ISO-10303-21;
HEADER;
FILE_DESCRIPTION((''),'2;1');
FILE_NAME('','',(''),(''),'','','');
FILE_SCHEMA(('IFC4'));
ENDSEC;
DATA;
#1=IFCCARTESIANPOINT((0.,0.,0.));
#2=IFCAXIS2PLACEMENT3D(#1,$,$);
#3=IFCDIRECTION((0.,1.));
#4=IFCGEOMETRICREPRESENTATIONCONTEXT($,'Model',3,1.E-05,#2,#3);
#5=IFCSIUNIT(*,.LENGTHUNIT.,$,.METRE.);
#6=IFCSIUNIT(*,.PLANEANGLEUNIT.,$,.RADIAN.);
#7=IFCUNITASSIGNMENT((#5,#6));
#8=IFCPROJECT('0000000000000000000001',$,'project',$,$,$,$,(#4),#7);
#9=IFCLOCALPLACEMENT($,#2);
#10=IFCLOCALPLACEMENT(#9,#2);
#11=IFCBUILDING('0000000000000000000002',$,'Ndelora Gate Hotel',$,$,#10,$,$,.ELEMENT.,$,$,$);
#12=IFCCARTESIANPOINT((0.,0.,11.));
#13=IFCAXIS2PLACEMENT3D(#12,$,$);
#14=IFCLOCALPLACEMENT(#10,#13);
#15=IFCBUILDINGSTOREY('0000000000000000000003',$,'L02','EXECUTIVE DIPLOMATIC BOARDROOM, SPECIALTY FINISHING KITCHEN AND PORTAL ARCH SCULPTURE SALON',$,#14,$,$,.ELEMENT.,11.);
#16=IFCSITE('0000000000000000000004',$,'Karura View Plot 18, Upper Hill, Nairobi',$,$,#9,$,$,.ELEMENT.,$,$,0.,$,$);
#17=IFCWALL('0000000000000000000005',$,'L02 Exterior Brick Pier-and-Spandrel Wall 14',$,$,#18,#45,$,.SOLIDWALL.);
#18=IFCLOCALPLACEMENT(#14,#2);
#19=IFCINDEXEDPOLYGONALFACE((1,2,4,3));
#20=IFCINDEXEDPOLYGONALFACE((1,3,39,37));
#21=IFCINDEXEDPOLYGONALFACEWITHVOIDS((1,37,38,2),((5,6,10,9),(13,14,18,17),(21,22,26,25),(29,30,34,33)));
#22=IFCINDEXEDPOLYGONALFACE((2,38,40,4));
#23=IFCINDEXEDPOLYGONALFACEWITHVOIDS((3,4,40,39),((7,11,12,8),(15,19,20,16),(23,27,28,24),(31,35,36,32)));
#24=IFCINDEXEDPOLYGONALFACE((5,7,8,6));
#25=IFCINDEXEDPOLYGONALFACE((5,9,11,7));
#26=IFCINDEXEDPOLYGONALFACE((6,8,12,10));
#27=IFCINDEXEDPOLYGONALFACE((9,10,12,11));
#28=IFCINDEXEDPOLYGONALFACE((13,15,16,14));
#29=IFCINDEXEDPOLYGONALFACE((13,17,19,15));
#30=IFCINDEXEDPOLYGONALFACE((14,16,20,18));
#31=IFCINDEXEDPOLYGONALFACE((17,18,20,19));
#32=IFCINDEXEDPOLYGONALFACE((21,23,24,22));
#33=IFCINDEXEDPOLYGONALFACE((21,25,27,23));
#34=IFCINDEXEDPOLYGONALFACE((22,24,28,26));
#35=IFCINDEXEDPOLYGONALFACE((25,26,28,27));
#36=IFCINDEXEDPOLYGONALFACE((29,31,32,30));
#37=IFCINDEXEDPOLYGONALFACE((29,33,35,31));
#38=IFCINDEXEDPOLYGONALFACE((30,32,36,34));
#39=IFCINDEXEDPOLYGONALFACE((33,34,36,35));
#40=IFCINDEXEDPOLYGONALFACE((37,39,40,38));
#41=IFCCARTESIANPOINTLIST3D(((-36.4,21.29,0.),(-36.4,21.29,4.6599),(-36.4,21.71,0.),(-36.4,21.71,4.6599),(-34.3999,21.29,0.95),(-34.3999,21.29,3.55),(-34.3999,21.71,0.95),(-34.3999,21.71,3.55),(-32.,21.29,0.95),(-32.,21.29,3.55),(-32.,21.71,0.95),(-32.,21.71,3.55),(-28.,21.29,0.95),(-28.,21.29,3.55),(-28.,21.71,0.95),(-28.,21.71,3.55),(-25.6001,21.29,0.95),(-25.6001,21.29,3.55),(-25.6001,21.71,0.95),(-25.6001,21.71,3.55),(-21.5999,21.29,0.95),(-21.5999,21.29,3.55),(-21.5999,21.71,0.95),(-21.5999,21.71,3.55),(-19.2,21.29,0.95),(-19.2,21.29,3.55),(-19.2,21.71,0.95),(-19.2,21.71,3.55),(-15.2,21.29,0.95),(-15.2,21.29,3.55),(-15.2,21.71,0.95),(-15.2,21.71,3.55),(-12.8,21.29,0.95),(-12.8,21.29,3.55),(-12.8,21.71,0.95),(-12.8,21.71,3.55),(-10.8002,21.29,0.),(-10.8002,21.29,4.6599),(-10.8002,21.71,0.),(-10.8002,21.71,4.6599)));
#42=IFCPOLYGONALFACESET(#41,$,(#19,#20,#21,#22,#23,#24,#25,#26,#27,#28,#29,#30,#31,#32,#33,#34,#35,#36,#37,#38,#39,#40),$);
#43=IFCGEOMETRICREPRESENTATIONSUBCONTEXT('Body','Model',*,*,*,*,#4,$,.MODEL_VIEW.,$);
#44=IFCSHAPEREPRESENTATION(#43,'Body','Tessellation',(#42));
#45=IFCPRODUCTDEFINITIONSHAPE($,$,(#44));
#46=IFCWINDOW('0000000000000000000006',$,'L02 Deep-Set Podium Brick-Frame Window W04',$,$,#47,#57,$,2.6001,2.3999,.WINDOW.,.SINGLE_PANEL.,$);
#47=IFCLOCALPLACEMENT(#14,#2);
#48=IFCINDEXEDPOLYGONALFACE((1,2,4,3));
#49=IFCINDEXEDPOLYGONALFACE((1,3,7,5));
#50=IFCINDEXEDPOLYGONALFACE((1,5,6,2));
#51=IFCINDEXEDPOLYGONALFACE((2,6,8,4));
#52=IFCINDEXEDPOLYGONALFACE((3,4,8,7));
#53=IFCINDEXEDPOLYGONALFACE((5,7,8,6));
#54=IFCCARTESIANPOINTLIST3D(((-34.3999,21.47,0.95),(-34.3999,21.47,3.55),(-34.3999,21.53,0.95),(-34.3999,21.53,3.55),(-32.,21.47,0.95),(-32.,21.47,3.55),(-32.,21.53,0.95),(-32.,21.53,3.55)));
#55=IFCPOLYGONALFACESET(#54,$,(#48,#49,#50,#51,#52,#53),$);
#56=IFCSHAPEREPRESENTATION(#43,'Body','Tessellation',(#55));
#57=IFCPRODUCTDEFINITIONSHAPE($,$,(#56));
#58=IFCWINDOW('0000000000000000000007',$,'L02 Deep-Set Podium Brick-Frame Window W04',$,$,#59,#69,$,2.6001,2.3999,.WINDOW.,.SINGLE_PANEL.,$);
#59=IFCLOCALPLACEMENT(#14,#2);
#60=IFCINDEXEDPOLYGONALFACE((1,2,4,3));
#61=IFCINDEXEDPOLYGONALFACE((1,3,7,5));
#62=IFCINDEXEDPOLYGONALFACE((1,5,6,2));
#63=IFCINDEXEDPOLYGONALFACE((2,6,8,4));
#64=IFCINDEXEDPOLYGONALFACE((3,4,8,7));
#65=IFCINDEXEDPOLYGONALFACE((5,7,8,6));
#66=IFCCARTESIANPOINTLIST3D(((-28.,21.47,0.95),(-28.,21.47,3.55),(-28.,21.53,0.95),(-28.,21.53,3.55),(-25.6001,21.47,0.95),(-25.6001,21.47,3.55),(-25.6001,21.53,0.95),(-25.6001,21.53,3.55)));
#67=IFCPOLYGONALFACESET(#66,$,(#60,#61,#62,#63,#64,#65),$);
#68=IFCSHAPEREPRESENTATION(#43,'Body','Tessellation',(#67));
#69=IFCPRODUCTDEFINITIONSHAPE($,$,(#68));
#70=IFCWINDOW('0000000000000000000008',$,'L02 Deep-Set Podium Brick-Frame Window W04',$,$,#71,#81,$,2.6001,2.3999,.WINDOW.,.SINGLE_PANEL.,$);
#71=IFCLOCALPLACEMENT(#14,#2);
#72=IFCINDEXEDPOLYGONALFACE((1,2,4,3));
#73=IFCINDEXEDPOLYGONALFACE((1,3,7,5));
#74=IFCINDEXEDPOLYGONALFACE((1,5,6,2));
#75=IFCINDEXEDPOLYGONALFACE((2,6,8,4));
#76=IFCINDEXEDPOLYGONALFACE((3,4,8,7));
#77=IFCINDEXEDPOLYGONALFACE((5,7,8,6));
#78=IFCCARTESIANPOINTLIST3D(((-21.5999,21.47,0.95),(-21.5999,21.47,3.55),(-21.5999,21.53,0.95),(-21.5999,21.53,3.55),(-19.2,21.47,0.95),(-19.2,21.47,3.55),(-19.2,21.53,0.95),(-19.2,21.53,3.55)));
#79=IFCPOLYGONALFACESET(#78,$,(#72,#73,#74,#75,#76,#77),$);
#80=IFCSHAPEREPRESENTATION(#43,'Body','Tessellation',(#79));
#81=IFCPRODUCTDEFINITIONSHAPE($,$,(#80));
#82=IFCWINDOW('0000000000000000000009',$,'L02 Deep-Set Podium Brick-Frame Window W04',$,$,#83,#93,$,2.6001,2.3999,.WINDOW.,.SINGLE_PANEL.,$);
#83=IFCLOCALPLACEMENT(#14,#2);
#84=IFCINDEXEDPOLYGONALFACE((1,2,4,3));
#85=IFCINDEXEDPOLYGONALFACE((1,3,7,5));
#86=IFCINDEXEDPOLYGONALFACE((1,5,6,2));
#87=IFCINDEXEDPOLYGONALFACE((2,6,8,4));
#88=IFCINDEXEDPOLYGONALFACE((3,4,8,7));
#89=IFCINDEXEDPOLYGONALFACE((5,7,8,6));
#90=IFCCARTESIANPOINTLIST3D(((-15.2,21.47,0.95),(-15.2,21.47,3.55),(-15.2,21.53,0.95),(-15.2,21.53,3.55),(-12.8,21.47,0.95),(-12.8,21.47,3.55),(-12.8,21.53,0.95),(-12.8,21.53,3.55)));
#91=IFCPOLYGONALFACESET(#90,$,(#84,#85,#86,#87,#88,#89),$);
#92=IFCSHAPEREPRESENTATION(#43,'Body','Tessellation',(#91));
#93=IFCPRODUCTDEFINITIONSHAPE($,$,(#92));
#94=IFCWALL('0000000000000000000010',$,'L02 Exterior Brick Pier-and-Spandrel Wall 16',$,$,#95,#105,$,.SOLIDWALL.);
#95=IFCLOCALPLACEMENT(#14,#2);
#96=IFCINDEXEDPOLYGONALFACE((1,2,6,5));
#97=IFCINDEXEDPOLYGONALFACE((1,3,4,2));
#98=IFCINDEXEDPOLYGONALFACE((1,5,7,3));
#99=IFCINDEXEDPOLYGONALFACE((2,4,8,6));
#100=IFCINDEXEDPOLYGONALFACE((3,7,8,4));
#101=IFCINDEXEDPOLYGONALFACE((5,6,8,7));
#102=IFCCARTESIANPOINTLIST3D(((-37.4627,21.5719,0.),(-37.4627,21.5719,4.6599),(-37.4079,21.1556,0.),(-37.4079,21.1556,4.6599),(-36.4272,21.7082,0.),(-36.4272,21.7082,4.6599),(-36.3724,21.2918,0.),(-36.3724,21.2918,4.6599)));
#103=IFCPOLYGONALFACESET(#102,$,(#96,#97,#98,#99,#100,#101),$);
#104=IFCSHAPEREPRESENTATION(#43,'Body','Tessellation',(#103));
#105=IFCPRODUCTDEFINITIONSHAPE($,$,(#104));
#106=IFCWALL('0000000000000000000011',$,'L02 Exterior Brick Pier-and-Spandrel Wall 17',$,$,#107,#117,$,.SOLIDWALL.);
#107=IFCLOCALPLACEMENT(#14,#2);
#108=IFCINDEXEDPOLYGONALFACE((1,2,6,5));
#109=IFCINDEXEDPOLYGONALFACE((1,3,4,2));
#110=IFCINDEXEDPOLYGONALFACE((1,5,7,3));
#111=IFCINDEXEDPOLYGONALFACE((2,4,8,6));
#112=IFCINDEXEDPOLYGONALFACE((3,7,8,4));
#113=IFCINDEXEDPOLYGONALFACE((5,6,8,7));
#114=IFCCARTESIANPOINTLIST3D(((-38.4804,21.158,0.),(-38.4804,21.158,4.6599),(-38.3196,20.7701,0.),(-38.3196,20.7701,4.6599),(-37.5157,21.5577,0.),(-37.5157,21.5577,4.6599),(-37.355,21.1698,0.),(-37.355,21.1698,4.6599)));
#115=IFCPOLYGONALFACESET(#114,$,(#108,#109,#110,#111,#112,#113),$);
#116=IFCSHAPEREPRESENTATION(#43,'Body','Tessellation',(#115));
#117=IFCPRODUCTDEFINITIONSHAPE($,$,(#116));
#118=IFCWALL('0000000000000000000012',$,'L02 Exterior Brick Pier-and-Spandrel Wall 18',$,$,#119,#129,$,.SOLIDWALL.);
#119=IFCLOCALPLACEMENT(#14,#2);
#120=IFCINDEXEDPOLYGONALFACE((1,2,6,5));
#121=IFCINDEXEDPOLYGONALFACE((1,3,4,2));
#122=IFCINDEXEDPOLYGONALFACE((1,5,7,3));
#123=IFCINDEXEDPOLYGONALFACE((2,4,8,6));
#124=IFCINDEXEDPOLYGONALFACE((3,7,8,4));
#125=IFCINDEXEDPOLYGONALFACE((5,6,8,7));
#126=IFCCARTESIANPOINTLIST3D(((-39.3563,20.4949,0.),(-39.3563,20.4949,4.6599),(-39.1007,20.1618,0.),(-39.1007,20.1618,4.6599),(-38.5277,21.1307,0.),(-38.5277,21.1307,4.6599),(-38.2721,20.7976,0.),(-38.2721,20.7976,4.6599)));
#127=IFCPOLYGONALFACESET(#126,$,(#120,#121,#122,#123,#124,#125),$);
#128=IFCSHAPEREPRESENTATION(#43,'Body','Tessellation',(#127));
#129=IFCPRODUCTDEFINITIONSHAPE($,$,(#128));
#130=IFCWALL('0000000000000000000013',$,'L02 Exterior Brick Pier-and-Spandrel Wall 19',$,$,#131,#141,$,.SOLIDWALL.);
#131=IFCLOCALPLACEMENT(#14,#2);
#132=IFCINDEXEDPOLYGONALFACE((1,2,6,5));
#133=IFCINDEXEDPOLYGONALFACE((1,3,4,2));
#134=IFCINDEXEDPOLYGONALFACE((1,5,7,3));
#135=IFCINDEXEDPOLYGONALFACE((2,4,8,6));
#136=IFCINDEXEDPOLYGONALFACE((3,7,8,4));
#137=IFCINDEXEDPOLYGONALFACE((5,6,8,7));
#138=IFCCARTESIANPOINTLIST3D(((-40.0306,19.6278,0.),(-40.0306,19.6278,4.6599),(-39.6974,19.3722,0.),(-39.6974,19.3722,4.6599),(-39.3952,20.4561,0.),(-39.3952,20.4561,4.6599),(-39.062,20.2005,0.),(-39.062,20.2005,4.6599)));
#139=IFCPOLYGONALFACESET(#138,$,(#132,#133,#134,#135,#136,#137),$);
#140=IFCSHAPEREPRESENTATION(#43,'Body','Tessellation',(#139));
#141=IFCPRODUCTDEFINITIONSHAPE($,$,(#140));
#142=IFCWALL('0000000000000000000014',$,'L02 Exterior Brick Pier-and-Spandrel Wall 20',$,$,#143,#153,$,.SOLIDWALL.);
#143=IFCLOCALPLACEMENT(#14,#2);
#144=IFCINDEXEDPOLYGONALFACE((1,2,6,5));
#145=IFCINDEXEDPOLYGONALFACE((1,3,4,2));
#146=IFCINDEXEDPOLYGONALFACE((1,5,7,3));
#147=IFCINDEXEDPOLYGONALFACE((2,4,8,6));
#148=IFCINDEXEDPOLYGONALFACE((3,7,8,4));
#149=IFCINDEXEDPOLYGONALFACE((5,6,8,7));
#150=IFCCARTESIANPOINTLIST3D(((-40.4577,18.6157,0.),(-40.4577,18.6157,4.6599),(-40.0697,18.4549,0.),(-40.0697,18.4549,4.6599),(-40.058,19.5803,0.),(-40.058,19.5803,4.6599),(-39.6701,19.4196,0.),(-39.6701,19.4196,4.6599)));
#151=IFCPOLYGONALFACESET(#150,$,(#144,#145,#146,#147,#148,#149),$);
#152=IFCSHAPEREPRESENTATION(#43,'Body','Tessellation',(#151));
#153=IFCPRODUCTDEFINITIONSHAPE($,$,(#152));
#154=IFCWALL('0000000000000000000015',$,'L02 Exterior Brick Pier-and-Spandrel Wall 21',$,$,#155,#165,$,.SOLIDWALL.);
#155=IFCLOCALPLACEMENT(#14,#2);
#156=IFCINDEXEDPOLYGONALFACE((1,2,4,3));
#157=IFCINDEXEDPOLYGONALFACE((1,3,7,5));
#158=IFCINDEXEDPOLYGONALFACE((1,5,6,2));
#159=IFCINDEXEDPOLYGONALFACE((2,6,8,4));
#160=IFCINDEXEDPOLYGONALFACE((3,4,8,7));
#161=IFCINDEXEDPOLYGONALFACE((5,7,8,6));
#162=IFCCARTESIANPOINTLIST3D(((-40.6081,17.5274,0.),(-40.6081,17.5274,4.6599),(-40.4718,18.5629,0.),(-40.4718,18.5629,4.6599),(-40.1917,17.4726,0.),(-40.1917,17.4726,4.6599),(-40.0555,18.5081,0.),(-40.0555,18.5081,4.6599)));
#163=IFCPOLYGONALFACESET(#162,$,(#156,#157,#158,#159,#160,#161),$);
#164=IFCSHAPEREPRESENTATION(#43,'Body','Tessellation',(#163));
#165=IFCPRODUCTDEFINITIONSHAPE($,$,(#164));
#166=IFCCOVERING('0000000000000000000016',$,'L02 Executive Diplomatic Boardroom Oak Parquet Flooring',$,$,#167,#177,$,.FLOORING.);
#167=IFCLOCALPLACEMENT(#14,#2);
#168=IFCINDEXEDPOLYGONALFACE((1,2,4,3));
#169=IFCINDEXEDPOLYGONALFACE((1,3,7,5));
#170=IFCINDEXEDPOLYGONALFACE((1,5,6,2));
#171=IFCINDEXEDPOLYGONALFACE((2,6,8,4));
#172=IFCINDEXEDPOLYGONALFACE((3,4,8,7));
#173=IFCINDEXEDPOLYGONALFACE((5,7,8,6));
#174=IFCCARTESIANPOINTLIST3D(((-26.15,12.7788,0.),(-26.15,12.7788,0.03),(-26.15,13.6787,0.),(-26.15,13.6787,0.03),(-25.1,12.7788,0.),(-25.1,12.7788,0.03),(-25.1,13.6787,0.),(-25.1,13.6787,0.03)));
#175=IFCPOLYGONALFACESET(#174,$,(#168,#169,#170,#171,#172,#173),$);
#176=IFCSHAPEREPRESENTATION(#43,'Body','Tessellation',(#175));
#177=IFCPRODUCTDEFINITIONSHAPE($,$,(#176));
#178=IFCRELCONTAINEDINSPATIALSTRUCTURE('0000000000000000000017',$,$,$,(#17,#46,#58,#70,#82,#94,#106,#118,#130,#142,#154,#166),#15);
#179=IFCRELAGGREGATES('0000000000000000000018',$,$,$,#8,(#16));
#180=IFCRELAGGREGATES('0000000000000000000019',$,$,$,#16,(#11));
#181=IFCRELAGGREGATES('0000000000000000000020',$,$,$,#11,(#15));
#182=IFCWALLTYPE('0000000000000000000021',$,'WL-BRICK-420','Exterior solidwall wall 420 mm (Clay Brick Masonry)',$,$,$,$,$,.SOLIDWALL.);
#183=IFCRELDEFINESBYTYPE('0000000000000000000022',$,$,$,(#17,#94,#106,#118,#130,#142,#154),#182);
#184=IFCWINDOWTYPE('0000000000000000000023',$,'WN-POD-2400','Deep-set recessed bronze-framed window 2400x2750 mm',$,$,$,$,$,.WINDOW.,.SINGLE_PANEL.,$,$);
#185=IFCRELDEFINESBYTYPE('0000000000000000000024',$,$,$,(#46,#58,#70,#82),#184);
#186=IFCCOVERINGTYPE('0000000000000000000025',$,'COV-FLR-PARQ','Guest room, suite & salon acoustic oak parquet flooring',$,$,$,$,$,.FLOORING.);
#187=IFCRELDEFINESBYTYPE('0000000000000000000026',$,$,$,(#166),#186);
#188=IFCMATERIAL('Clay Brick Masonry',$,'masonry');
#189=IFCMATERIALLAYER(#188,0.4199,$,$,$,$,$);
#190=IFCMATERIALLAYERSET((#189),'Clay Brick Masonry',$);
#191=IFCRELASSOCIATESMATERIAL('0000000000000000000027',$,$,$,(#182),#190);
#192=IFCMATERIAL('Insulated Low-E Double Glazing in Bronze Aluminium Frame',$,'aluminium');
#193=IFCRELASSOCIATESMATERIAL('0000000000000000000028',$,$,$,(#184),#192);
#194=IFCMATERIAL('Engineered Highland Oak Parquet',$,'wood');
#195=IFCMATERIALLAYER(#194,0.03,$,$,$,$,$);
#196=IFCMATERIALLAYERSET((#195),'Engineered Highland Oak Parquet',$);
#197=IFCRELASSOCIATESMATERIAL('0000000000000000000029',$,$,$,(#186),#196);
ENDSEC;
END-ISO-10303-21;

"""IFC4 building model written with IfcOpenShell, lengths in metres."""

from ifc_helpers import new_model, si_unit, direction, frame, frame_2d, origin, origin_2d, place, context, subcontext, project, spatial, rectangle, extrude, material, layer, layer_set, type_object, element, fill, save


model = new_model("IFC4")

# Units and contexts
model_context = context("Model", 3, precision=1e-05, world=origin(), true_north=direction((0.0, 1.0)))
body_context = subcontext(model_context, "Body", "Model", "MODEL_VIEW")
ifc_project = project(units=[si_unit("LENGTHUNIT", "METRE"), si_unit("PLANEANGLEUNIT", "RADIAN")], contexts=[model_context])

# Site, building, storey
site_placement = place(None, origin())
site = spatial("IfcSite", under=ifc_project, at=site_placement, Name="Karura View Plot 18, Upper Hill, Nairobi", CompositionType="ELEMENT", RefElevation=0.0)
building_placement = place(site_placement, origin())
building = spatial("IfcBuilding", under=site, at=building_placement, Name="Ndelora Gate Hotel", CompositionType="ELEMENT")
storey_placement = place(building_placement, frame((0.0, 0.0, 11.0)))
storey = spatial("IfcBuildingStorey", under=building, at=storey_placement, Name="L02", Description="EXECUTIVE DIPLOMATIC BOARDROOM, SPECIALTY FINISHING KITCHEN AND PORTAL ARCH SCULPTURE SALON", CompositionType="ELEMENT", Elevation=11.0)

# Wall, openings, windows
ifc_material_1 = material(Name="Clay Brick Masonry", Category="masonry")
ifc_layer_1 = layer(ifc_material_1, 0.4199)
ifc_layer_set_1 = layer_set([ifc_layer_1], Name="Clay Brick Masonry")
wall_type = type_object("IfcWallType", Name="WL-BRICK-420", Description="Exterior solidwall wall 420 mm (Clay Brick Masonry)", PredefinedType="SOLIDWALL", material=ifc_layer_set_1)
wall_1_placement = place(storey_placement, frame((-36.3999, 21.5, 0.0), z_axis=(0.0, 0.0, 1.0), x_axis=(1.0, 0.0, 0.0)))
wall_1 = element("IfcWall", 1, at=wall_1_placement, inside=storey, type_object=wall_type, Name="L02 Exterior Brick Pier-and-Spandrel Wall 14", PredefinedType="SOLIDWALL", context=body_context, shape_type="SweptSolid", body=[
    extrude(rectangle(XDim=25.5999, YDim=0.4199, at=frame_2d((12.7998, 0.0))), origin(), (0.0, 0.0, 1.0), 4.6599),
])
opening_1_placement = place(wall_1_placement, frame((2.0, 0.0, 0.95)))
opening_1 = element("IfcOpeningElement", 2, at=opening_1_placement, cuts=wall_1, PredefinedType="OPENING", context=body_context, shape_type="SweptSolid", body=[
    extrude(rectangle(XDim=2.3999, YDim=2.6001, at=frame_2d((1.2, 1.3))), frame((0.0, 0.22, 0.0), z_axis=(0.0, -1.0, 0.0), x_axis=(1.0, 0.0, 0.0)), (0.0, 0.0, 1.0), 0.4399),
])
opening_2_placement = place(wall_1_placement, frame((8.3999, 0.0, 0.95)))
opening_2 = element("IfcOpeningElement", 3, at=opening_2_placement, cuts=wall_1, PredefinedType="OPENING", context=body_context, shape_type="SweptSolid", body=[
    extrude(rectangle(XDim=2.3999, YDim=2.6001, at=frame_2d((1.2, 1.3))), frame((0.0, 0.22, 0.0), z_axis=(0.0, -1.0, 0.0), x_axis=(1.0, 0.0, 0.0)), (0.0, 0.0, 1.0), 0.4399),
])
opening_3_placement = place(wall_1_placement, frame((14.8, 0.0, 0.95)))
opening_3 = element("IfcOpeningElement", 4, at=opening_3_placement, cuts=wall_1, PredefinedType="OPENING", context=body_context, shape_type="SweptSolid", body=[
    extrude(rectangle(XDim=2.3999, YDim=2.6001, at=frame_2d((1.2, 1.3))), frame((0.0, 0.22, 0.0), z_axis=(0.0, -1.0, 0.0), x_axis=(1.0, 0.0, 0.0)), (0.0, 0.0, 1.0), 0.4399),
])
opening_4_placement = place(wall_1_placement, frame((21.2, 0.0, 0.95)))
opening_4 = element("IfcOpeningElement", 5, at=opening_4_placement, cuts=wall_1, PredefinedType="OPENING", context=body_context, shape_type="SweptSolid", body=[
    extrude(rectangle(XDim=2.3999, YDim=2.6001, at=frame_2d((1.2, 1.3))), frame((0.0, 0.22, 0.0), z_axis=(0.0, -1.0, 0.0), x_axis=(1.0, 0.0, 0.0)), (0.0, 0.0, 1.0), 0.4399),
])
ifc_material_2 = material(Name="Insulated Low-E Double Glazing in Bronze Aluminium Frame", Category="aluminium")
window_type = type_object("IfcWindowType", Name="WN-POD-2400", Description="Deep-set recessed bronze-framed window 2400x2750 mm", PartitioningType="SINGLE_PANEL", PredefinedType="WINDOW", material=ifc_material_2)
window_1_placement = place(opening_1_placement, origin())
window_1 = element("IfcWindow", 6, at=window_1_placement, inside=storey, type_object=window_type, Name="L02 Deep-Set Podium Brick-Frame Window W04", OverallHeight=2.6001, OverallWidth=2.3999, PartitioningType="SINGLE_PANEL", PredefinedType="WINDOW", context=body_context, shape_type="SweptSolid", body=[
    extrude(rectangle(XDim=2.3999, YDim=2.6001, at=frame_2d((1.2, 1.3))), frame((0.0, 0.03, 0.0), z_axis=(0.0, -1.0, 0.0), x_axis=(1.0, 0.0, 0.0)), (0.0, 0.0, 1.0), 0.0601),
])
fill(opening_1, window_1)
window_2_placement = place(opening_2_placement, origin())
window_2 = element("IfcWindow", 7, at=window_2_placement, inside=storey, type_object=window_type, Name="L02 Deep-Set Podium Brick-Frame Window W04", OverallHeight=2.6001, OverallWidth=2.3999, PartitioningType="SINGLE_PANEL", PredefinedType="WINDOW", context=body_context, shape_type="SweptSolid", body=[
    extrude(rectangle(XDim=2.3999, YDim=2.6001, at=frame_2d((1.2, 1.3))), frame((0.0, 0.03, 0.0), z_axis=(0.0, -1.0, 0.0), x_axis=(1.0, 0.0, 0.0)), (0.0, 0.0, 1.0), 0.0601),
])
fill(opening_2, window_2)
window_3_placement = place(opening_3_placement, origin())
window_3 = element("IfcWindow", 8, at=window_3_placement, inside=storey, type_object=window_type, Name="L02 Deep-Set Podium Brick-Frame Window W04", OverallHeight=2.6001, OverallWidth=2.3999, PartitioningType="SINGLE_PANEL", PredefinedType="WINDOW", context=body_context, shape_type="SweptSolid", body=[
    extrude(rectangle(XDim=2.3999, YDim=2.6001, at=frame_2d((1.2, 1.3))), frame((0.0, 0.03, 0.0), z_axis=(0.0, -1.0, 0.0), x_axis=(1.0, 0.0, 0.0)), (0.0, 0.0, 1.0), 0.0601),
])
fill(opening_3, window_3)
window_4_placement = place(opening_4_placement, origin())
window_4 = element("IfcWindow", 9, at=window_4_placement, inside=storey, type_object=window_type, Name="L02 Deep-Set Podium Brick-Frame Window W04", OverallHeight=2.6001, OverallWidth=2.3999, PartitioningType="SINGLE_PANEL", PredefinedType="WINDOW", context=body_context, shape_type="SweptSolid", body=[
    extrude(rectangle(XDim=2.3999, YDim=2.6001, at=frame_2d((1.2, 1.3))), frame((0.0, 0.03, 0.0), z_axis=(0.0, -1.0, 0.0), x_axis=(1.0, 0.0, 0.0)), (0.0, 0.0, 1.0), 0.0601),
])
fill(opening_4, window_4)

# Walls
wall_2_placement = place(storey_placement, frame((-37.4353, 21.3638, 0.0), z_axis=(0.0, 0.0, 1.0), x_axis=(0.991455, 0.130448, 0.0)))
element("IfcWall", 10, at=wall_2_placement, inside=storey, type_object=wall_type, Name="L02 Exterior Brick Pier-and-Spandrel Wall 16", PredefinedType="SOLIDWALL", context=body_context, shape_type="SweptSolid", body=[
    extrude(rectangle(XDim=1.0444, YDim=0.4199, at=frame_2d((0.5222, 0.0))), origin(), (0.0, 0.0, 1.0), 4.6599),
])
wall_3_placement = place(storey_placement, frame((-38.3999, 20.9641, 0.0), z_axis=(0.0, 0.0, 1.0), x_axis=(0.923843, 0.382772, 0.0)))
element("IfcWall", 11, at=wall_3_placement, inside=storey, type_object=wall_type, Name="L02 Exterior Brick Pier-and-Spandrel Wall 17", PredefinedType="SOLIDWALL", context=body_context, shape_type="SweptSolid", body=[
    extrude(rectangle(XDim=1.0442, YDim=0.4199, at=frame_2d((0.522, 0.0))), origin(), (0.0, 0.0, 1.0), 4.6599),
])
wall_4_placement = place(storey_placement, frame((-39.2285, 20.3284, 0.0), z_axis=(0.0, 0.0, 1.0), x_axis=(0.793388, 0.608716, 0.0)))
element("IfcWall", 12, at=wall_4_placement, inside=storey, type_object=wall_type, Name="L02 Exterior Brick Pier-and-Spandrel Wall 18", PredefinedType="SOLIDWALL", context=body_context, shape_type="SweptSolid", body=[
    extrude(rectangle(XDim=1.0444, YDim=0.4199, at=frame_2d((0.5222, 0.0))), origin(), (0.0, 0.0, 1.0), 4.6599),
])
wall_5_placement = place(storey_placement, frame((-39.864, 19.5, 0.0), z_axis=(0.0, 0.0, 1.0), x_axis=(0.608682, 0.793414, 0.0)))
element("IfcWall", 13, at=wall_5_placement, inside=storey, type_object=wall_type, Name="L02 Exterior Brick Pier-and-Spandrel Wall 19", PredefinedType="SOLIDWALL", context=body_context, shape_type="SweptSolid", body=[
    extrude(rectangle(XDim=1.0439, YDim=0.4199, at=frame_2d((0.522, 0.0))), origin(), (0.0, 0.0, 1.0), 4.6599),
])
wall_6_placement = place(storey_placement, frame((-40.2637, 18.5354, 0.0), z_axis=(0.0, 0.0, 1.0), x_axis=(0.382772, 0.923843, 0.0)))
element("IfcWall", 14, at=wall_6_placement, inside=storey, type_object=wall_type, Name="L02 Exterior Brick Pier-and-Spandrel Wall 20", PredefinedType="SOLIDWALL", context=body_context, shape_type="SweptSolid", body=[
    extrude(rectangle(XDim=1.0442, YDim=0.4199, at=frame_2d((0.522, 0.0))), origin(), (0.0, 0.0, 1.0), 4.6599),
])
wall_7_placement = place(storey_placement, frame((-40.3999, 17.5, 0.0), z_axis=(0.0, 0.0, 1.0), x_axis=(0.130448, 0.991455, 0.0)))
element("IfcWall", 15, at=wall_7_placement, inside=storey, type_object=wall_type, Name="L02 Exterior Brick Pier-and-Spandrel Wall 21", PredefinedType="SOLIDWALL", context=body_context, shape_type="SweptSolid", body=[
    extrude(rectangle(XDim=1.0444, YDim=0.4199, at=frame_2d((0.5222, 0.0))), origin(), (0.0, 0.0, 1.0), 4.6599),
])

# Covering
ifc_material_3 = material(Name="Engineered Highland Oak Parquet", Category="wood")
ifc_layer_2 = layer(ifc_material_3, 0.03)
ifc_layer_set_2 = layer_set([ifc_layer_2], Name="Engineered Highland Oak Parquet")
covering_type = type_object("IfcCoveringType", Name="COV-FLR-PARQ", Description="Guest room, suite & salon acoustic oak parquet flooring", PredefinedType="FLOORING", material=ifc_layer_set_2)
covering_placement = place(storey_placement, frame((-25.625, 13.2288, 0.0), z_axis=(0.0, 0.0, 1.0), x_axis=(1.0, 0.0, 0.0)))
element("IfcCovering", 16, at=covering_placement, inside=storey, type_object=covering_type, Name="L02 Executive Diplomatic Boardroom Oak Parquet Flooring", PredefinedType="FLOORING", context=body_context, shape_type="SweptSolid", body=[
    extrude(rectangle(XDim=1.05, YDim=0.8999, at=origin_2d()), origin(), (0.0, 0.0, 1.0), 0.03),
])

save(model, "model.ifc")
